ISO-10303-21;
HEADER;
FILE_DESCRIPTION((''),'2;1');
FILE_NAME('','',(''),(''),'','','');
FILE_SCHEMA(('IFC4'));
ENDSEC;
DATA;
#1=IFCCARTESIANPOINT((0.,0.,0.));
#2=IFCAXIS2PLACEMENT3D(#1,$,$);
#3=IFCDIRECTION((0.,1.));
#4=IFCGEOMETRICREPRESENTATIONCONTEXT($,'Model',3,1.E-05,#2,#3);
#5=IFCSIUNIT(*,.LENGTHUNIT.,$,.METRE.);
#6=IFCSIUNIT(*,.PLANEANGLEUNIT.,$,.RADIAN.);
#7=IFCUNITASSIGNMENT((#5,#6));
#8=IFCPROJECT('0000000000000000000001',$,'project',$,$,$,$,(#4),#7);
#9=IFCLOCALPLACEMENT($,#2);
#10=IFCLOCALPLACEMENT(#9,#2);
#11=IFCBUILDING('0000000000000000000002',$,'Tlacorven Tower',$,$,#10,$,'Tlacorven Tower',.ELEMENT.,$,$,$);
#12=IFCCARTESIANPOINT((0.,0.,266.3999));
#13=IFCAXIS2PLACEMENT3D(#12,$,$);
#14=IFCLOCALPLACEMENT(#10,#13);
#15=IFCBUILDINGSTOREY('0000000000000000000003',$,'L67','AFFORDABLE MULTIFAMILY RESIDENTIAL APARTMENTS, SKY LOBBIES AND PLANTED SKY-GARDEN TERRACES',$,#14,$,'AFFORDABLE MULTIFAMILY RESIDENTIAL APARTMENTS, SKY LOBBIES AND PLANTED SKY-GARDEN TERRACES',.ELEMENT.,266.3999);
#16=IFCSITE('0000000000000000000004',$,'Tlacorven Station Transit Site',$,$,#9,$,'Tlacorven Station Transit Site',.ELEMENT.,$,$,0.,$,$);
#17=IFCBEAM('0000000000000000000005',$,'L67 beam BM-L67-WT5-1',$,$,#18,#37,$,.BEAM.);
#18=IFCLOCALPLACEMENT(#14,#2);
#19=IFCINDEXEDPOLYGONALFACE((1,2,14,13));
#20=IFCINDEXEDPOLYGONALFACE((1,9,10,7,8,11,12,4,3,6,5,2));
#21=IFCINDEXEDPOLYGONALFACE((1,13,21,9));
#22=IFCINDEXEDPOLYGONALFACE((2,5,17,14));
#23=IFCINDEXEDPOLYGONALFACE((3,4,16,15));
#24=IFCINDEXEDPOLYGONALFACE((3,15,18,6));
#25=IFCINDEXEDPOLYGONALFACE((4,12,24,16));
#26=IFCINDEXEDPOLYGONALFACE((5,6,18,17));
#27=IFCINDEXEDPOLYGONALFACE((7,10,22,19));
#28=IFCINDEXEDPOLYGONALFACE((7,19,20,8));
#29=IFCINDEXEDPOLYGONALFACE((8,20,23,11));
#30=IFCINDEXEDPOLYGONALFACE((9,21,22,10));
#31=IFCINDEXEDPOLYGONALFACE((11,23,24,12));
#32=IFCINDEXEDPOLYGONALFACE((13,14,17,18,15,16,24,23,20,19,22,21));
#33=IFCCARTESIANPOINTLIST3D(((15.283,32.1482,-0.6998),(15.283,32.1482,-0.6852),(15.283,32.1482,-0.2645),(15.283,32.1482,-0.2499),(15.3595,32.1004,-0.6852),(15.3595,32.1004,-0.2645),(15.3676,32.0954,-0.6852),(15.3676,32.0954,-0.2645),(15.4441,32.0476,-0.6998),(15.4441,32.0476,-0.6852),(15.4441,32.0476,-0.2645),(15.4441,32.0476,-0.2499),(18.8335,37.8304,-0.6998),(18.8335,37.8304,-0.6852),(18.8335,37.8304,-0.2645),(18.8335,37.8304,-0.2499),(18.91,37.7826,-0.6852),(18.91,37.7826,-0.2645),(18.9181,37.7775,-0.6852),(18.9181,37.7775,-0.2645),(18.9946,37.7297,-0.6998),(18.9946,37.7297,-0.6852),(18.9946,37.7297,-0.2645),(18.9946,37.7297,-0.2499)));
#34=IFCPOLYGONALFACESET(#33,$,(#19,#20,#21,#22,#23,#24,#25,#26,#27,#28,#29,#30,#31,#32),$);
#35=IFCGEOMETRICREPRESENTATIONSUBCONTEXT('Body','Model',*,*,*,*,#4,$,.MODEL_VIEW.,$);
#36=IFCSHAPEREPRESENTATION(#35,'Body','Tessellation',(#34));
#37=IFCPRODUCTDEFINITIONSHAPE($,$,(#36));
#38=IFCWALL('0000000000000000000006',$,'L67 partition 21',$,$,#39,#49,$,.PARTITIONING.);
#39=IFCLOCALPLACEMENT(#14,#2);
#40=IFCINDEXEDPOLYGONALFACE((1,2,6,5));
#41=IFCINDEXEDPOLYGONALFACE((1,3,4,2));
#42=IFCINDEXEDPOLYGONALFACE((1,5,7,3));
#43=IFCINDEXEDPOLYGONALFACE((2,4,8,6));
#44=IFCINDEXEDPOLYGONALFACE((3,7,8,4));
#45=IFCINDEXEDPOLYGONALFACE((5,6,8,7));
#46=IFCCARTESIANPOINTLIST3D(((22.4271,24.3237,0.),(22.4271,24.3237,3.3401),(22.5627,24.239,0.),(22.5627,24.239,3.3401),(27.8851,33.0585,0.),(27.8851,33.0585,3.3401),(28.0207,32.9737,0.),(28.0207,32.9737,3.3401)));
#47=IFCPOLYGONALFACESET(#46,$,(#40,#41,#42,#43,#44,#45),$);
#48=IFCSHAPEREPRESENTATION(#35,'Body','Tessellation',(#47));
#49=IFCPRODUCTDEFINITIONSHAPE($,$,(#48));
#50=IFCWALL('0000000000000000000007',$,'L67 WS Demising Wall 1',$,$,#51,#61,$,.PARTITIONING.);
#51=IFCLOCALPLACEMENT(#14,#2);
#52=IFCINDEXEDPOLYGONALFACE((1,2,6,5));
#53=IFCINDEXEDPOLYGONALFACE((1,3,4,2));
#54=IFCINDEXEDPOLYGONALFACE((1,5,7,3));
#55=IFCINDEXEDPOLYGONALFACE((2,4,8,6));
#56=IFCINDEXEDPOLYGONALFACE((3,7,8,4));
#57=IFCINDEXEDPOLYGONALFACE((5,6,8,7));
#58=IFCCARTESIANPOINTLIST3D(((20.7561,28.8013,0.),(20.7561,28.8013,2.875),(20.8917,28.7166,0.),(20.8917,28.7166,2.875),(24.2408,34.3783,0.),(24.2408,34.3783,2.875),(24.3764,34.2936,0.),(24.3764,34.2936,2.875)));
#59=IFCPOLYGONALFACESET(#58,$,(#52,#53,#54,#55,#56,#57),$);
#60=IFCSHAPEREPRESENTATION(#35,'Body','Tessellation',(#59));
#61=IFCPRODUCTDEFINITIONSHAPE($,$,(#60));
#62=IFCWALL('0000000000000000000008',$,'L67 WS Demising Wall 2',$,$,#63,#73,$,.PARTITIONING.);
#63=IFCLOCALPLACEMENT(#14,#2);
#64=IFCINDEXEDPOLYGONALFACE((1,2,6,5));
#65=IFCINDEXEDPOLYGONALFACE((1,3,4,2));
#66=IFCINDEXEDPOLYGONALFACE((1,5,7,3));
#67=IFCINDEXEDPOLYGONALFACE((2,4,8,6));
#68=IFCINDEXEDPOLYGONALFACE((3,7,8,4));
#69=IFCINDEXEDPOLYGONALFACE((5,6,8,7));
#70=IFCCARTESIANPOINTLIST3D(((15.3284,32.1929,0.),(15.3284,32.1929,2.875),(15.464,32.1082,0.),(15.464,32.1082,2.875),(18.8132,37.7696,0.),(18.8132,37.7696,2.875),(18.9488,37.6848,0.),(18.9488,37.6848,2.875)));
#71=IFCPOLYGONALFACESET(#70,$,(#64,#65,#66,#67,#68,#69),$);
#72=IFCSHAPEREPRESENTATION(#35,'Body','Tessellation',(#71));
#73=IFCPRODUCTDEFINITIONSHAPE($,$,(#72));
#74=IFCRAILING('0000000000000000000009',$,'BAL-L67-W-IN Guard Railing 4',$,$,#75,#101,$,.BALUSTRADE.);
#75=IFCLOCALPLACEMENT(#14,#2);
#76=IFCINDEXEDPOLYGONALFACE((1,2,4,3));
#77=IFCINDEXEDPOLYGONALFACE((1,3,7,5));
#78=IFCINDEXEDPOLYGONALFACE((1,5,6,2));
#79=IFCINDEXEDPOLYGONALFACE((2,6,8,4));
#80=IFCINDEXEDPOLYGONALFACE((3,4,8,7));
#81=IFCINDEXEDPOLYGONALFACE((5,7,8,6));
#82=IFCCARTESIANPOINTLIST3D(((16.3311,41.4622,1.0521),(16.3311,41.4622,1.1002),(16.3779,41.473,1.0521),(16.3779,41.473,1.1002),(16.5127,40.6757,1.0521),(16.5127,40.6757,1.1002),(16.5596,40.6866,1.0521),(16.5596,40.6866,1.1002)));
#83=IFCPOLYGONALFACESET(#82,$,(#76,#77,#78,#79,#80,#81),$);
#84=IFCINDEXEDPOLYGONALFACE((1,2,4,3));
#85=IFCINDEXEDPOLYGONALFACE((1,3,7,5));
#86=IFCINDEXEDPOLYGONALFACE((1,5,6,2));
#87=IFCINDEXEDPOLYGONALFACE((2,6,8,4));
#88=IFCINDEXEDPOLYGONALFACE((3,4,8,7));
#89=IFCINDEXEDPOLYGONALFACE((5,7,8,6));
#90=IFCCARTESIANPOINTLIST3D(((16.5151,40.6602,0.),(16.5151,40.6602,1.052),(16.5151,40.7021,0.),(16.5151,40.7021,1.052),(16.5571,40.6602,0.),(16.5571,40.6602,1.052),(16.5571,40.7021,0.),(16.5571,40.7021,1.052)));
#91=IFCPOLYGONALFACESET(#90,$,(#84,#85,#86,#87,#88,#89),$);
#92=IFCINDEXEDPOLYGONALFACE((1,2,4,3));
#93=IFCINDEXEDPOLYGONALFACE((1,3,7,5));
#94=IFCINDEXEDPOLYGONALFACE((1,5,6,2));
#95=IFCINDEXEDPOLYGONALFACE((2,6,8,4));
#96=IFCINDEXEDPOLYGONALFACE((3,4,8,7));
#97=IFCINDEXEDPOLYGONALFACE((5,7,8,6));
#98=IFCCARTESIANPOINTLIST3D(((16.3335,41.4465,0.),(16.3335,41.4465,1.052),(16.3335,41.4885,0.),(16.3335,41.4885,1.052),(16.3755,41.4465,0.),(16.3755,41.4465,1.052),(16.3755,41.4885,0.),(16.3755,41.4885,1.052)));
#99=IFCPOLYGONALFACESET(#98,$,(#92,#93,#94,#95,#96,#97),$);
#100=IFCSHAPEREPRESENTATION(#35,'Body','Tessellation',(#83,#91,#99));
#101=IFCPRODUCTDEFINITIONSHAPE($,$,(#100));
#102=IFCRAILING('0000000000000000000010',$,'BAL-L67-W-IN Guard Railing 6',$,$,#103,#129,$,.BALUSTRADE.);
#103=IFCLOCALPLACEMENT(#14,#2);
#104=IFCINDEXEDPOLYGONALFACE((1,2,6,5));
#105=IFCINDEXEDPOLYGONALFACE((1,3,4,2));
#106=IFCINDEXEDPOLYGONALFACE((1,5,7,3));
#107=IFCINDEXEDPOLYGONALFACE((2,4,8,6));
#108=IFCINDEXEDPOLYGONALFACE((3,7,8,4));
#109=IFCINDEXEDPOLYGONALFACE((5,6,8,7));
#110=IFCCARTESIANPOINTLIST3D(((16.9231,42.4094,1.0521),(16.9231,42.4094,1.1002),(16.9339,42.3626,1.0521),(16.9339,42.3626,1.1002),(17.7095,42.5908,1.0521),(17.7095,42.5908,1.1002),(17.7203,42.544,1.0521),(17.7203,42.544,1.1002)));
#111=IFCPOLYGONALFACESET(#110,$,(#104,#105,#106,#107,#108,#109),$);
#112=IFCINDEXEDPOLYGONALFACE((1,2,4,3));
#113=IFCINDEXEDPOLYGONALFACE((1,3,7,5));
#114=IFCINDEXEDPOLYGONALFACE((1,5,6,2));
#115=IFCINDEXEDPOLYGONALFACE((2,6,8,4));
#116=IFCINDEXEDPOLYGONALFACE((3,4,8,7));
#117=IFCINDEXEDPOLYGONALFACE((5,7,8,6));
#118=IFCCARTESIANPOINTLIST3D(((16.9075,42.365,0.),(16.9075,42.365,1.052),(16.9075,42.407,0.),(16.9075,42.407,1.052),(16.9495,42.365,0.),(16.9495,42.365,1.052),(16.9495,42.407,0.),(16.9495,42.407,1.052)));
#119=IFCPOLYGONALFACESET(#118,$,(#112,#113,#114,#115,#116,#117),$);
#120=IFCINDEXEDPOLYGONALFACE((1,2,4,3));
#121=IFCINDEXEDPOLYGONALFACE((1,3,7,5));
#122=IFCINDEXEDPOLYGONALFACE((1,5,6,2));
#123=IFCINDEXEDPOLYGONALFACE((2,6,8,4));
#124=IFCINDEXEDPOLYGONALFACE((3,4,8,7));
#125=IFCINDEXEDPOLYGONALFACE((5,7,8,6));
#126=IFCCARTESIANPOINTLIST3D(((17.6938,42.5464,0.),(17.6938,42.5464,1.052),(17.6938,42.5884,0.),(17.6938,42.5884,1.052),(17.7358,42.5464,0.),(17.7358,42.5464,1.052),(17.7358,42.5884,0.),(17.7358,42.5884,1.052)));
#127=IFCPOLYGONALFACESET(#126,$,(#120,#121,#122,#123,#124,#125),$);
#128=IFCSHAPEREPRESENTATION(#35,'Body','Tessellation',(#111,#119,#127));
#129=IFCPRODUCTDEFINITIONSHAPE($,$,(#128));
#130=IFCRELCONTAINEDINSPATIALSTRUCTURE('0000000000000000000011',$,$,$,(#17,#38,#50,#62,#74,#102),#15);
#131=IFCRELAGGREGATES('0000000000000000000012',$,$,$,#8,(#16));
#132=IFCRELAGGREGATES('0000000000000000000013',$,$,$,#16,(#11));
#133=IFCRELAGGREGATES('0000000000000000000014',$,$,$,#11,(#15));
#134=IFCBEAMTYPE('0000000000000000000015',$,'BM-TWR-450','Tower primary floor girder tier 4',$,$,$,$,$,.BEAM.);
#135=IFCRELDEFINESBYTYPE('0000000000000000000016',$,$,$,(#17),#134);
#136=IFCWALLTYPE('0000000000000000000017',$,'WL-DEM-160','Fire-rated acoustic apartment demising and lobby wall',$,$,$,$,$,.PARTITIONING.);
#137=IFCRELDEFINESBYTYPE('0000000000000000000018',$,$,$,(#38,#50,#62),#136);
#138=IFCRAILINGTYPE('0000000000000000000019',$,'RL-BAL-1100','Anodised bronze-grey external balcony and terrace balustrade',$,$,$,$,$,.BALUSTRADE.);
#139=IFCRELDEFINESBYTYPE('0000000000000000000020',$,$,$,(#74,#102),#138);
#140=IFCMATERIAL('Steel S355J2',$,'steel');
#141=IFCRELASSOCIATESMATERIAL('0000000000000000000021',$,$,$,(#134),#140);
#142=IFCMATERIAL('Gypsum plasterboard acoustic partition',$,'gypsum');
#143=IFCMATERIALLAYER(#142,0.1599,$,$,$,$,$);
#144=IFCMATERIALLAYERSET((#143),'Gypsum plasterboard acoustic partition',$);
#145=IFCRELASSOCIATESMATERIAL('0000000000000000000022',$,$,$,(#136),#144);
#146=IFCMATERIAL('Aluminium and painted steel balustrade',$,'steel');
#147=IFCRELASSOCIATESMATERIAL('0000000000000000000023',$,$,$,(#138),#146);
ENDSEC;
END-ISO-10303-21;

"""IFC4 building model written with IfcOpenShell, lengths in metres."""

from ifc_helpers import new_model, si_unit, direction, frame, frame_2d, origin, origin_2d, place, context, subcontext, project, spatial, rectangle, i_section, extrude, source, transform, mapped, material, layer, layer_set, material_profile, profile_set, type_object, element, save


model = new_model("IFC4")

# Units and contexts
model_context = context("Model", 3, precision=1e-05, world=origin(), true_north=direction((0.0, 1.0)))
body_context = subcontext(model_context, "Body", "Model", "MODEL_VIEW")
ifc_project = project(units=[si_unit("LENGTHUNIT", "METRE"), si_unit("PLANEANGLEUNIT", "RADIAN")], contexts=[model_context])

# Site, building, storey
site_placement = place(None, origin())
site = spatial("IfcSite", under=ifc_project, at=site_placement, Name="Tlacorven Station Transit Site", LongName="Tlacorven Station Transit Site", CompositionType="ELEMENT", RefElevation=0.0)
building_placement = place(site_placement, origin())
building = spatial("IfcBuilding", under=site, at=building_placement, Name="Tlacorven Tower", LongName="Tlacorven Tower", CompositionType="ELEMENT")
storey_placement = place(building_placement, frame((0.0, 0.0, 266.3999)))
storey = spatial("IfcBuildingStorey", under=building, at=storey_placement, Name="L67", Description="AFFORDABLE MULTIFAMILY RESIDENTIAL APARTMENTS, SKY LOBBIES AND PLANTED SKY-GARDEN TERRACES", LongName="AFFORDABLE MULTIFAMILY RESIDENTIAL APARTMENTS, SKY LOBBIES AND PLANTED SKY-GARDEN TERRACES", CompositionType="ELEMENT", Elevation=266.3999)

# Beam
ifc_material_1 = material(Name="Steel S355J2", Category="steel")
ifc_material_profile_1 = material_profile(ifc_material_1, i_section(OverallWidth=0.1899, OverallDepth=0.45, WebThickness=0.0095, FlangeThickness=0.0146, at=origin_2d()), Name="IPE 450")
ifc_profile_set_1 = profile_set([ifc_material_profile_1], Name="Steel S355J2")
beam_type_1 = type_object("IfcBeamType", Name="BM-TWR-450", Description="Tower primary floor girder tier 4", PredefinedType="BEAM", material=ifc_profile_set_1)
shared_shape_1 = source(origin(), body_context, "Body", "SweptSolid", [
    extrude(i_section(OverallWidth=0.1899, OverallDepth=0.45, WebThickness=0.0095, FlangeThickness=0.0146, at=origin_2d()), origin(), (0.0, 0.0, 1.0), 6.7002),
])
beam_1_placement = place(storey_placement, frame((18.9141, 37.78, -0.4749), z_axis=(-0.529914, -0.848052, 0.0), x_axis=(0.848052, -0.529914, 0.0)))
element("IfcBeam", 1, at=beam_1_placement, inside=storey, type_object=beam_type_1, Name="L67 beam BM-L67-WT5-1", PredefinedType="BEAM", context=body_context, shape_type="MappedRepresentation", body=[
    mapped(shared_shape_1, transform((0.0, 0.0, 0.0), scale=1.0)),
])

# Walls
ifc_material_2 = material(Name="Gypsum plasterboard acoustic partition", Category="gypsum")
ifc_layer = layer(ifc_material_2, 0.1599)
ifc_layer_set = layer_set([ifc_layer], Name="Gypsum plasterboard acoustic partition")
wall_type = type_object("IfcWallType", Name="WL-DEM-160", Description="Fire-rated acoustic apartment demising and lobby wall", PredefinedType="PARTITIONING", material=ifc_layer_set)
wall_1_placement = place(storey_placement, frame((27.9529, 33.0161, 0.0), z_axis=(0.0, 0.0, 1.0), x_axis=(-0.529909, -0.848054, 0.0)))
element("IfcWall", 2, at=wall_1_placement, inside=storey, type_object=wall_type, Name="L67 partition 21", PredefinedType="PARTITIONING", context=body_context, shape_type="SweptSolid", body=[
    extrude(rectangle(XDim=10.2998, YDim=0.1599, at=frame_2d((5.1499, 0.0))), origin(), (0.0, 0.0, 1.0), 3.3401),
])
wall_2_placement = place(storey_placement, frame((24.3086, 34.3359, 0.0), z_axis=(0.0, 0.0, 1.0), x_axis=(-0.529895, -0.848063, 0.0)))
element("IfcWall", 3, at=wall_2_placement, inside=storey, type_object=wall_type, Name="L67 WS Demising Wall 1", PredefinedType="PARTITIONING", context=body_context, shape_type="SweptSolid", body=[
    extrude(rectangle(XDim=6.5762, YDim=0.1599, at=frame_2d((3.2881, 0.0))), origin(), (0.0, 0.0, 1.0), 2.875),
])
wall_3_placement = place(storey_placement, frame((18.8811, 37.7273, 0.0), z_axis=(0.0, 0.0, 1.0), x_axis=(-0.529939, -0.848036, 0.0)))
element("IfcWall", 4, at=wall_3_placement, inside=storey, type_object=wall_type, Name="L67 WS Demising Wall 2", PredefinedType="PARTITIONING", context=body_context, shape_type="SweptSolid", body=[
    extrude(rectangle(XDim=6.5759, YDim=0.1599, at=frame_2d((3.2881, 0.0))), origin(), (0.0, 0.0, 1.0), 2.875),
])

# Railings
ifc_material_3 = material(Name="Aluminium and painted steel balustrade", Category="steel")
railing_type = type_object("IfcRailingType", Name="RL-BAL-1100", Description="Anodised bronze-grey external balcony and terrace balustrade", PredefinedType="BALUSTRADE", material=ifc_material_3)
shared_shape_2 = source(origin(), body_context, "Body", "SweptSolid", [
    extrude(rectangle(XDim=0.0481, YDim=0.0481, at=origin_2d()), frame((0.0, 0.0, 1.0762), z_axis=(-0.225058, 0.974345, 0.0), x_axis=(-0.974345, -0.225058, 0.0)), (0.0, 0.0, 1.0), 0.8071),
    extrude(rectangle(XDim=0.042, YDim=0.042, at=origin_2d()), origin(), (0.0, 0.0, 1.0), 1.052),
    extrude(rectangle(XDim=0.042, YDim=0.042, at=origin_2d()), frame((-0.1816, 0.7864, 0.0)), (0.0, 0.0, 1.0), 1.052),
])
railing_1_placement = place(storey_placement, frame((16.5361, 40.6812, 0.0)))
element("IfcRailing", 5, at=railing_1_placement, inside=storey, type_object=railing_type, Name="BAL-L67-W-IN Guard Railing 4", PredefinedType="BALUSTRADE", context=body_context, shape_type="MappedRepresentation", body=[
    mapped(shared_shape_2, transform((0.0, 0.0, 0.0), scale=1.0)),
])
shared_shape_3 = source(origin(), body_context, "Body", "SweptSolid", [
    extrude(rectangle(XDim=0.0481, YDim=0.0481, at=origin_2d()), frame((0.0, 0.0, 1.0762), z_axis=(0.974412, 0.224771, 0.0), x_axis=(-0.224771, 0.974412, 0.0)), (0.0, 0.0, 1.0), 0.8071),
    extrude(rectangle(XDim=0.042, YDim=0.042, at=origin_2d()), origin(), (0.0, 0.0, 1.0), 1.052),
    extrude(rectangle(XDim=0.042, YDim=0.042, at=origin_2d()), frame((0.7864, 0.1814, 0.0)), (0.0, 0.0, 1.0), 1.052),
])
railing_2_placement = place(storey_placement, frame((16.9285, 42.386, 0.0)))
element("IfcRailing", 6, at=railing_2_placement, inside=storey, type_object=railing_type, Name="BAL-L67-W-IN Guard Railing 6", PredefinedType="BALUSTRADE", context=body_context, shape_type="MappedRepresentation", body=[
    mapped(shared_shape_3, transform((0.0, 0.0, 0.0), scale=1.0)),
])

save(model, "model.ifc")
